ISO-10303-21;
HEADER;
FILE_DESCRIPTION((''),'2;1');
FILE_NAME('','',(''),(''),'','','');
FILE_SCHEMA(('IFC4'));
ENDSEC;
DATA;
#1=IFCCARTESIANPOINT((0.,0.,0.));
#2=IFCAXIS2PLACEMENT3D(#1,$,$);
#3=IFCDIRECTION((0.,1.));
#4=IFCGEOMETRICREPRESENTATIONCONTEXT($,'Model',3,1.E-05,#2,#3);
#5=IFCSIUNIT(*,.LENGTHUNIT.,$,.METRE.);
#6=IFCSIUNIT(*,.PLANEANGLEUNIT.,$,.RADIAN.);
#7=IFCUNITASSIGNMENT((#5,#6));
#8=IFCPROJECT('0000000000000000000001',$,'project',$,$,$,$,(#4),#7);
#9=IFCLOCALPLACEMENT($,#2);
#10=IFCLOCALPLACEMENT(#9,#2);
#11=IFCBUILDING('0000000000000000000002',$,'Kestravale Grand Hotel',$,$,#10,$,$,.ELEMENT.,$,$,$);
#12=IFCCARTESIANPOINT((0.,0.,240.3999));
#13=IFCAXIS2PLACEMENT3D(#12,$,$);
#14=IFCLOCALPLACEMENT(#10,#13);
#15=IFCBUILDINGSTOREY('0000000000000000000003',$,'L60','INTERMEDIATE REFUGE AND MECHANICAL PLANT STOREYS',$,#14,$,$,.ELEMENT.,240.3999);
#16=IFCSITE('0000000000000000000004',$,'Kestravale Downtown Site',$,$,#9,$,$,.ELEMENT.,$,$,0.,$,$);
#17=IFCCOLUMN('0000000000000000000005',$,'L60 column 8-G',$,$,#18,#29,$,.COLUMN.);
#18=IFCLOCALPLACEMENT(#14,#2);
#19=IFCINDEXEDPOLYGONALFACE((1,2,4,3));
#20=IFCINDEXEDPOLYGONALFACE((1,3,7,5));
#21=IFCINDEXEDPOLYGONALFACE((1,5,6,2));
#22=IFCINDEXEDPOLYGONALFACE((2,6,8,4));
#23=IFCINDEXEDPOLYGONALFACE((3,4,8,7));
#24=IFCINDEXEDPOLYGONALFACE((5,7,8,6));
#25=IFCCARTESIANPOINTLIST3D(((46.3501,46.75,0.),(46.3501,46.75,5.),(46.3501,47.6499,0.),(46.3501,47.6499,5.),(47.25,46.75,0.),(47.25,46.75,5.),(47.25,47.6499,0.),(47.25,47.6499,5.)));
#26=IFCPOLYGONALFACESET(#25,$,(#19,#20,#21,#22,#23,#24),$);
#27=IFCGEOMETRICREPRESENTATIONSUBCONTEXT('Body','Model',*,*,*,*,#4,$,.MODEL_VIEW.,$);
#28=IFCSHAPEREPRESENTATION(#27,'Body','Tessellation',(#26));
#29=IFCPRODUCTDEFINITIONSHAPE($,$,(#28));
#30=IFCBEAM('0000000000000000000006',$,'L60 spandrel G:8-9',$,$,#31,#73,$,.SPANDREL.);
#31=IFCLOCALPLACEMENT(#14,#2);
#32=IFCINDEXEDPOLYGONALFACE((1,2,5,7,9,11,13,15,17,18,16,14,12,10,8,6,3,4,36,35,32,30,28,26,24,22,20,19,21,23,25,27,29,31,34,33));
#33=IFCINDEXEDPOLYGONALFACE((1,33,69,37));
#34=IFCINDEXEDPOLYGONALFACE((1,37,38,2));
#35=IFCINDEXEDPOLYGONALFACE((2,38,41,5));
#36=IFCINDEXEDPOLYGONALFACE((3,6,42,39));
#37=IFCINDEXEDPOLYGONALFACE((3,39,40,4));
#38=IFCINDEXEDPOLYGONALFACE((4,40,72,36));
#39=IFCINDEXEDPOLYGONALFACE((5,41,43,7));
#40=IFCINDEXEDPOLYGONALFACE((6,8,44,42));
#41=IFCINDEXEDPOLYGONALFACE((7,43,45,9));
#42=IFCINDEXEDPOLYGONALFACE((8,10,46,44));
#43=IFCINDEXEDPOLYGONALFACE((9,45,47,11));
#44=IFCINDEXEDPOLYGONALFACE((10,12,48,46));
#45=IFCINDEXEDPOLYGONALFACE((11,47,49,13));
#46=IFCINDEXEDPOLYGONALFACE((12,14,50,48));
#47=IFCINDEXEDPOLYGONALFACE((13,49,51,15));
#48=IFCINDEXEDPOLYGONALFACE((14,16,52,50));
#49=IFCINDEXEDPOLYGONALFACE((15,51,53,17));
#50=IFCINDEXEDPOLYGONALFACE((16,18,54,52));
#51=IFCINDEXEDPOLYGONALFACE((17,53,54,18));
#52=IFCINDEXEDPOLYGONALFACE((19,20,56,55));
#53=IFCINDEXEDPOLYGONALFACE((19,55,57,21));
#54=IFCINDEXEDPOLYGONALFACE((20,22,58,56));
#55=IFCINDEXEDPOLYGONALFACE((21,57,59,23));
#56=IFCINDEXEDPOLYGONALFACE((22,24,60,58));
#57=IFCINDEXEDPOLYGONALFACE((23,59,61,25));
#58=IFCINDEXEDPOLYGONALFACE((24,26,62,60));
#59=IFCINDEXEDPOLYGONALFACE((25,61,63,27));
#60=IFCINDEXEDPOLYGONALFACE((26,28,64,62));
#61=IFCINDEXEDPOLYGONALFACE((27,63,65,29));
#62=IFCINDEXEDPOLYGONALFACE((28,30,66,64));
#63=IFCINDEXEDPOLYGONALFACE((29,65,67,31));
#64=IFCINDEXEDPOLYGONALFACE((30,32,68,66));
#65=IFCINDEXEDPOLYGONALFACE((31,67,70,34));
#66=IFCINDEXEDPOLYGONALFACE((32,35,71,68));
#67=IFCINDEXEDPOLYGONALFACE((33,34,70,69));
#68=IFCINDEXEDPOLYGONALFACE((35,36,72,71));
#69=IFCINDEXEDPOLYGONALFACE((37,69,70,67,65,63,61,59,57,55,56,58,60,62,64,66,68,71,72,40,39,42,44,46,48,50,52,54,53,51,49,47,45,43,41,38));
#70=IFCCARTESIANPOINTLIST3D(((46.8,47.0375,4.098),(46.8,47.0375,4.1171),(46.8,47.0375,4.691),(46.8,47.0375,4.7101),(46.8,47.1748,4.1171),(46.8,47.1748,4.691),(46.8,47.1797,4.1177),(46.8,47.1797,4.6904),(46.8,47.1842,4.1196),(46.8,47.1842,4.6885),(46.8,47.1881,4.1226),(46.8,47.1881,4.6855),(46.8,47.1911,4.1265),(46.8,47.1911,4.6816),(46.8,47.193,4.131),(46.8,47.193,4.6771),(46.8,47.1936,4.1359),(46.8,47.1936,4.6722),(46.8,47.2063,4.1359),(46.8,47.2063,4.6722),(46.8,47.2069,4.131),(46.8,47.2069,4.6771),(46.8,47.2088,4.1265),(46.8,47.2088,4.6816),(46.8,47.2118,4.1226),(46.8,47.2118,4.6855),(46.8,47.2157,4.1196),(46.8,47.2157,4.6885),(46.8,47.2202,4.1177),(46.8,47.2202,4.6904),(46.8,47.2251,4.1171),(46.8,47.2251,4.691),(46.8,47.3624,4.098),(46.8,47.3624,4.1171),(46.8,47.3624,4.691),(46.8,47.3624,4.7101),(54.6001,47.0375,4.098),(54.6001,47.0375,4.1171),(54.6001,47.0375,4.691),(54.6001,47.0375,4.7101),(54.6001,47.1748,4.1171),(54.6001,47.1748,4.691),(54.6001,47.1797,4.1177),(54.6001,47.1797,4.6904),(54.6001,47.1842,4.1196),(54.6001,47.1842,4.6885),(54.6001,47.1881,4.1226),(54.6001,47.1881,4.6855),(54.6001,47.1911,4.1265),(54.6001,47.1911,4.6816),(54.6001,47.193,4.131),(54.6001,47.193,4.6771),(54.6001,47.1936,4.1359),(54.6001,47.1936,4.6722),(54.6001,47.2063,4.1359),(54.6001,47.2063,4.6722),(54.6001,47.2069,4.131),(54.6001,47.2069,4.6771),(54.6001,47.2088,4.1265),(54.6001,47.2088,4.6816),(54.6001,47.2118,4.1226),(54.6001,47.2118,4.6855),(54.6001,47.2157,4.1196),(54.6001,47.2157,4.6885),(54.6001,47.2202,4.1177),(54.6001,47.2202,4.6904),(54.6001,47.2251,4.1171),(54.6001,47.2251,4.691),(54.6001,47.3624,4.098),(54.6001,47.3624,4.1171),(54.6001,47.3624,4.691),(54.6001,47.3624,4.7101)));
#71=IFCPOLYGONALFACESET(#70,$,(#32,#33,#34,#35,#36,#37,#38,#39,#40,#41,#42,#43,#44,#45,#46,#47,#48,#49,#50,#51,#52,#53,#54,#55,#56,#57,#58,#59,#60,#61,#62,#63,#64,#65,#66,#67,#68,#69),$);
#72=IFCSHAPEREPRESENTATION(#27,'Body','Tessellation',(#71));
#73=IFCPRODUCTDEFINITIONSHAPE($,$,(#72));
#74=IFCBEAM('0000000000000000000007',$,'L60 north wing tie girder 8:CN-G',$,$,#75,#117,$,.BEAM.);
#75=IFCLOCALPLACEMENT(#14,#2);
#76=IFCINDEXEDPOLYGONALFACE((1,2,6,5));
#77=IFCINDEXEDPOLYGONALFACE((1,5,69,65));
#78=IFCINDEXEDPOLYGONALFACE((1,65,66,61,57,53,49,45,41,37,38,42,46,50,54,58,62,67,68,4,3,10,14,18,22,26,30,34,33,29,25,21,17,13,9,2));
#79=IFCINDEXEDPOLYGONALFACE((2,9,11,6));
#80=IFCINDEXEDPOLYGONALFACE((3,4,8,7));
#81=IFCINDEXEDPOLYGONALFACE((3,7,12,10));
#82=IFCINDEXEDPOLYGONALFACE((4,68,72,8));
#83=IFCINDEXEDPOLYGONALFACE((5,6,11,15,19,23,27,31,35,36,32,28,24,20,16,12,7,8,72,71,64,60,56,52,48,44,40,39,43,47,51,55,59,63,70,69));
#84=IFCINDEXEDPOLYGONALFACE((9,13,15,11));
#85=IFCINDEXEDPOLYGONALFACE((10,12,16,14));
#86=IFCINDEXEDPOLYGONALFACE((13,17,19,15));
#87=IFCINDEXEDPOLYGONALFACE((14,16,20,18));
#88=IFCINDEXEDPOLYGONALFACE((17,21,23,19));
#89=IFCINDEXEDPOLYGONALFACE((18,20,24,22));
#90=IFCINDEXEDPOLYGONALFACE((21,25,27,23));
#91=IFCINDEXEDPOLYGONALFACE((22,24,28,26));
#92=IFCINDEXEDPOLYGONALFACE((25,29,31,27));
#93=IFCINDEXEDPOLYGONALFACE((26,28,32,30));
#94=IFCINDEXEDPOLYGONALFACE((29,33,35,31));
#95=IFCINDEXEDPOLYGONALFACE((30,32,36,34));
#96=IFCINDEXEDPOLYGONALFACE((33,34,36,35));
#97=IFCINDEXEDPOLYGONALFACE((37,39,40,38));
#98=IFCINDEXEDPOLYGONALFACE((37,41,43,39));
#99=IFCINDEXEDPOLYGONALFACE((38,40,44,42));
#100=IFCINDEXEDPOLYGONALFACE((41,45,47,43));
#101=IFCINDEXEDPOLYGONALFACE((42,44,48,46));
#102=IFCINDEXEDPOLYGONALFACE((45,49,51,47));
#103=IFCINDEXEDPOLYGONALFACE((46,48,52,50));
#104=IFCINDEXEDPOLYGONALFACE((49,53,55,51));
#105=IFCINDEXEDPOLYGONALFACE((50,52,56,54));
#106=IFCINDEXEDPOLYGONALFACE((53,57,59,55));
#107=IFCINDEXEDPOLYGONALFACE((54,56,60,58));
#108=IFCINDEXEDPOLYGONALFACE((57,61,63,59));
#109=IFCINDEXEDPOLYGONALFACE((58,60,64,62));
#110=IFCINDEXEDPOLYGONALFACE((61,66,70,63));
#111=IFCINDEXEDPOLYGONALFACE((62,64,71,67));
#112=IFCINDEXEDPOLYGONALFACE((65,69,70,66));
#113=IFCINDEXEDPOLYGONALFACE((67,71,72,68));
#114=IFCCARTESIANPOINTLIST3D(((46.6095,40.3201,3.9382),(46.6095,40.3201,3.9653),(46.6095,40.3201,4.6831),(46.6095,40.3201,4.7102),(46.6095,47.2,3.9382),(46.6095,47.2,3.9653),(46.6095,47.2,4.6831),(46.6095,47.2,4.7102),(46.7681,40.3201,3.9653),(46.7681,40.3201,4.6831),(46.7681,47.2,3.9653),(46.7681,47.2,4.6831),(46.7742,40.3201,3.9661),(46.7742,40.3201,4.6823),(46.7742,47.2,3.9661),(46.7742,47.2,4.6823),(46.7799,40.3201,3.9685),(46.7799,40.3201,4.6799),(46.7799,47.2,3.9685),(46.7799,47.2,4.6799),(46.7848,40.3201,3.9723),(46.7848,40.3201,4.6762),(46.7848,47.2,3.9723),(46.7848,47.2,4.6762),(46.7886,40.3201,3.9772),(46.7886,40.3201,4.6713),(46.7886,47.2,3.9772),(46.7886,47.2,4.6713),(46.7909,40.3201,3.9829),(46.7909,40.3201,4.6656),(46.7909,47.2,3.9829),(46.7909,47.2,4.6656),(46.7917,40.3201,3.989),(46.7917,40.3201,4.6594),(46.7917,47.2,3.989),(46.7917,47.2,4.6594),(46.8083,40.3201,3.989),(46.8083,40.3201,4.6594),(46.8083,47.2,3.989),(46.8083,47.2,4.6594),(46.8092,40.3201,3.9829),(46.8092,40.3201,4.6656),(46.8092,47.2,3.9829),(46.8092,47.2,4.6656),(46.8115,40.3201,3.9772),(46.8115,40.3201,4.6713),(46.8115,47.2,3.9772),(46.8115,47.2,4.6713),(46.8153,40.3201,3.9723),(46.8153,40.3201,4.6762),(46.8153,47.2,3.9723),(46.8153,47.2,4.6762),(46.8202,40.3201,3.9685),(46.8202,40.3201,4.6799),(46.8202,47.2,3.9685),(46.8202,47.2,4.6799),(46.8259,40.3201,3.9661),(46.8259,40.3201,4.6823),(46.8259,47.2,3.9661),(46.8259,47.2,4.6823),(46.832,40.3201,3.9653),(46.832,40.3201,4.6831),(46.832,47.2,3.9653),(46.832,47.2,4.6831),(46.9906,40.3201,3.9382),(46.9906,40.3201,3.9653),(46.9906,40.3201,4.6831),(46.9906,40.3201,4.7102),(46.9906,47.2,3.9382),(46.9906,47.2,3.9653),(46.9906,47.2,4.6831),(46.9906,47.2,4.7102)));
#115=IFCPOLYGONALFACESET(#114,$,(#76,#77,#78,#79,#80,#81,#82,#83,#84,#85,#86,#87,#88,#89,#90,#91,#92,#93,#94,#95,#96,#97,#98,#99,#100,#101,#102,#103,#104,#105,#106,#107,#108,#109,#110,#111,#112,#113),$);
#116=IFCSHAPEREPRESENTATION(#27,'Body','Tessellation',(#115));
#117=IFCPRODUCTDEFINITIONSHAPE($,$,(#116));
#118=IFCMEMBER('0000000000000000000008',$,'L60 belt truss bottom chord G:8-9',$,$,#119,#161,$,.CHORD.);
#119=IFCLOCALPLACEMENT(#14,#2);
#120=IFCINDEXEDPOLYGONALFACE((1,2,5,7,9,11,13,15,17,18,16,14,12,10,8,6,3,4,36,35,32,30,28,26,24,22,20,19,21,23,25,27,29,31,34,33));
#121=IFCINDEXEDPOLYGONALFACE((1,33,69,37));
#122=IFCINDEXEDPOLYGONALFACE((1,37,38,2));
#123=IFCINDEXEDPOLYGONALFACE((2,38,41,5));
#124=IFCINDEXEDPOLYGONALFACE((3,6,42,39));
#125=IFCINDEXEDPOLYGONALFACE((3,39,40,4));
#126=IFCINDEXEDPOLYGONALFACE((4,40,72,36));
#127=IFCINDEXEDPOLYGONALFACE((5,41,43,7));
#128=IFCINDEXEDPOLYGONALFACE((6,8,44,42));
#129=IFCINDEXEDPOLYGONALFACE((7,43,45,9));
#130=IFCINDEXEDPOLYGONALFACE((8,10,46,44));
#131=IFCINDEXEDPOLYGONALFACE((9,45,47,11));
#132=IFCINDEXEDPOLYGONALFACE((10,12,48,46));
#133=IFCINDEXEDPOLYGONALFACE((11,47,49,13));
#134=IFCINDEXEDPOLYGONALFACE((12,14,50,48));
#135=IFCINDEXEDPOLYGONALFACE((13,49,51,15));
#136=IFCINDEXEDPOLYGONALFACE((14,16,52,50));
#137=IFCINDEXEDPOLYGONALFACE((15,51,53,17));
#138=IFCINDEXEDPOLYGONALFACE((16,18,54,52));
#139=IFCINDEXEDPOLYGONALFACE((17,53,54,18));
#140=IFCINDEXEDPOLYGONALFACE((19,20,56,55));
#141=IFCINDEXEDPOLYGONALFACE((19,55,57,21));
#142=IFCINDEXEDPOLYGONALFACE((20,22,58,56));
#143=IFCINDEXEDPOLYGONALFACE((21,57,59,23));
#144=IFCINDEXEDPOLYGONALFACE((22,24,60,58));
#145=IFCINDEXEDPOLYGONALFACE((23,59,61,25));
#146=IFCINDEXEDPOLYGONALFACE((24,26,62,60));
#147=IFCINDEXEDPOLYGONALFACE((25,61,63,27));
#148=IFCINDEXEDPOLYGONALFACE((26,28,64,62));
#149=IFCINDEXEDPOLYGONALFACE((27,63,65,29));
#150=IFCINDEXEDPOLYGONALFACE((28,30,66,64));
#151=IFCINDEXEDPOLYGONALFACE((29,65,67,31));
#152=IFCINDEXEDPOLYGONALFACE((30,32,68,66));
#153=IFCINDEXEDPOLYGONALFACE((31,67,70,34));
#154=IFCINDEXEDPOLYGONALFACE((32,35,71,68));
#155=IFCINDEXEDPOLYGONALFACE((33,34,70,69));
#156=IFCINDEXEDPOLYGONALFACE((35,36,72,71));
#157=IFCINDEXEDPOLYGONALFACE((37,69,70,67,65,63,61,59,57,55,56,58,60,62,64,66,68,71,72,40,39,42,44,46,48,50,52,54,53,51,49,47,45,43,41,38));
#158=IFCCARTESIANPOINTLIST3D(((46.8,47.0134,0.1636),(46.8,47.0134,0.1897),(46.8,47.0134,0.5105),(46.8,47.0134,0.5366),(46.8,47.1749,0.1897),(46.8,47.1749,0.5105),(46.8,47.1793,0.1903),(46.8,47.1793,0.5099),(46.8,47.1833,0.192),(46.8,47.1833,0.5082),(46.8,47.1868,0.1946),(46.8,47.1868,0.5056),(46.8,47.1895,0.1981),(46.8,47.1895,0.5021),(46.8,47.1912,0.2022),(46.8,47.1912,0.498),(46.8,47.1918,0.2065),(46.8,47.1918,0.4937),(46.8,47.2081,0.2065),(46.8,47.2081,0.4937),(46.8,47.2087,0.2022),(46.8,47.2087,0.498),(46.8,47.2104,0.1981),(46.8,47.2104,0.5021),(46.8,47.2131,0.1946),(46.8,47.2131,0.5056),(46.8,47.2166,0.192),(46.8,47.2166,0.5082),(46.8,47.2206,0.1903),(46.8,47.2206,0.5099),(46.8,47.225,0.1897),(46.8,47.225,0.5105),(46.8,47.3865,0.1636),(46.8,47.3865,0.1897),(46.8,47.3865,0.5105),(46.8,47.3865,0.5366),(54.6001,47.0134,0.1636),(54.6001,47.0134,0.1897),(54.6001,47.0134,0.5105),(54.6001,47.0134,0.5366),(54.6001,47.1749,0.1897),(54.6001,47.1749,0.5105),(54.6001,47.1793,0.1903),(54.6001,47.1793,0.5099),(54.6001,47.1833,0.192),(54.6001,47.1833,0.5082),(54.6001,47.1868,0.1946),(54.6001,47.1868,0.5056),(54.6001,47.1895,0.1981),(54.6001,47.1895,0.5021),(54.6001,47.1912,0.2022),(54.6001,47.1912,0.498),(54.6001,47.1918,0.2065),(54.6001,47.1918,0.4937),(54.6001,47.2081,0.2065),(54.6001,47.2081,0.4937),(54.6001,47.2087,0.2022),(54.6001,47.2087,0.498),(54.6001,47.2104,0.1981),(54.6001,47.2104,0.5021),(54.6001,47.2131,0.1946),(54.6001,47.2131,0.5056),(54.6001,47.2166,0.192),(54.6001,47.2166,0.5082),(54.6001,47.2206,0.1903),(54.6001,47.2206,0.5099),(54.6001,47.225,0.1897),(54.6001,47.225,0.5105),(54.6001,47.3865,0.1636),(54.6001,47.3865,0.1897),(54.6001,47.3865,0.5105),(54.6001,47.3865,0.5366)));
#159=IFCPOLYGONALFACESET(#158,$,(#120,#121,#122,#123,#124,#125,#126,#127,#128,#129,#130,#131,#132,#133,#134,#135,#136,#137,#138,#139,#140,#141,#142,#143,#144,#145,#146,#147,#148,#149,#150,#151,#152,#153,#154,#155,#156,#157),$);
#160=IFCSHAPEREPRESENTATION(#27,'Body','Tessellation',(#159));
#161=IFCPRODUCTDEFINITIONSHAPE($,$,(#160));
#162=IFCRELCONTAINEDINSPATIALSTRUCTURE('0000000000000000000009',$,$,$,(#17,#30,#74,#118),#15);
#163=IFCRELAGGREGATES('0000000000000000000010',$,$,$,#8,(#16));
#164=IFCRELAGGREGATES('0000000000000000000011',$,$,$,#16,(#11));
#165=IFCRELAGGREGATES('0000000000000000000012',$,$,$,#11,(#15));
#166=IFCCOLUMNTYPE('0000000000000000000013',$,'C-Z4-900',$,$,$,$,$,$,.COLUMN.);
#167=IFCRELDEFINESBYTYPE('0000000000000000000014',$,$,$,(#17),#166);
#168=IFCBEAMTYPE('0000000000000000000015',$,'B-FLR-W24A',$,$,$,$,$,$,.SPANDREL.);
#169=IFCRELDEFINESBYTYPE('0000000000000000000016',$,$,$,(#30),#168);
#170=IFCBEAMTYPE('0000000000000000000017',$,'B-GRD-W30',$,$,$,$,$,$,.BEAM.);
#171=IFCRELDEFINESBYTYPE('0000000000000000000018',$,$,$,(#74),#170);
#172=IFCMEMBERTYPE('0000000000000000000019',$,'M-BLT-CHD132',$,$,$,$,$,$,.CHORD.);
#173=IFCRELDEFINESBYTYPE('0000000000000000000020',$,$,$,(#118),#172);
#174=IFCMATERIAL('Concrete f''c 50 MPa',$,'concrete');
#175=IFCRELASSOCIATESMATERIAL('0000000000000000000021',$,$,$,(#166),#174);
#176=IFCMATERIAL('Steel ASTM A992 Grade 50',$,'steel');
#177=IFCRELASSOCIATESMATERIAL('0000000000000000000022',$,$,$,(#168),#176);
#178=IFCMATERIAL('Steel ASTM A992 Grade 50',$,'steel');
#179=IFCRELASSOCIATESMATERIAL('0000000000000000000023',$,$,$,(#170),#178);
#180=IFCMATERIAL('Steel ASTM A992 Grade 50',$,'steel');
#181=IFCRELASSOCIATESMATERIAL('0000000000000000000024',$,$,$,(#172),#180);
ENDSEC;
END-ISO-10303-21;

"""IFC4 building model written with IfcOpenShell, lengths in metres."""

from ifc_helpers import new_model, si_unit, direction, frame, origin, origin_2d, place, context, subcontext, project, spatial, rectangle, i_section, extrude, material, material_profile, profile_set, type_object, element, save


model = new_model("IFC4")

# Units and contexts
model_context = context("Model", 3, precision=1e-05, world=origin(), true_north=direction((0.0, 1.0)))
body_context = subcontext(model_context, "Body", "Model", "MODEL_VIEW")
ifc_project = project(units=[si_unit("LENGTHUNIT", "METRE"), si_unit("PLANEANGLEUNIT", "RADIAN")], contexts=[model_context])

# Site, building, storey
site_placement = place(None, origin())
site = spatial("IfcSite", under=ifc_project, at=site_placement, Name="Kestravale Downtown Site", CompositionType="ELEMENT", RefElevation=0.0)
building_placement = place(site_placement, origin())
building = spatial("IfcBuilding", under=site, at=building_placement, Name="Kestravale Grand Hotel", CompositionType="ELEMENT")
storey_placement = place(building_placement, frame((0.0, 0.0, 240.3999)))
storey = spatial("IfcBuildingStorey", under=building, at=storey_placement, Name="L60", Description="INTERMEDIATE REFUGE AND MECHANICAL PLANT STOREYS", CompositionType="ELEMENT", Elevation=240.3999)

# Column
ifc_material_1 = material(Name="Concrete f'c 50 MPa", Category="concrete")
ifc_material_profile_1 = material_profile(ifc_material_1, rectangle(XDim=0.8999, YDim=0.8999, at=origin_2d()))
ifc_profile_set_1 = profile_set([ifc_material_profile_1], Name="Concrete f'c 50 MPa")
column_type = type_object("IfcColumnType", Name="C-Z4-900", PredefinedType="COLUMN", material=ifc_profile_set_1)
column_placement = place(storey_placement, frame((46.8, 47.2, 0.0), z_axis=(0.0, 0.0, 1.0), x_axis=(1.0, 0.0, 0.0)))
element("IfcColumn", 1, at=column_placement, inside=storey, type_object=column_type, Name="L60 column 8-G", PredefinedType="COLUMN", context=body_context, shape_type="SweptSolid", body=[
    extrude(rectangle(XDim=0.8999, YDim=0.8999, at=origin_2d()), origin(), (0.0, 0.0, 1.0), 5.0),
])

# Beams
ifc_material_2 = material(Name="Steel ASTM A992 Grade 50", Category="steel")
ifc_material_profile_2 = material_profile(ifc_material_2, i_section(OverallWidth=0.325, OverallDepth=0.6121, WebThickness=0.0127, FlangeThickness=0.019, FilletRadius=0.0188, at=origin_2d()))
ifc_profile_set_2 = profile_set([ifc_material_profile_2], Name="Steel ASTM A992 Grade 50")
beam_type_1 = type_object("IfcBeamType", Name="B-FLR-W24A", PredefinedType="SPANDREL", material=ifc_profile_set_2)
beam_1_placement = place(storey_placement, frame((46.8, 47.2, 4.4041), z_axis=(1.0, 0.0, 0.0), x_axis=(0.0, 1.0, 0.0)))
element("IfcBeam", 2, at=beam_1_placement, inside=storey, type_object=beam_type_1, Name="L60 spandrel G:8-9", PredefinedType="SPANDREL", context=body_context, shape_type="SweptSolid", body=[
    extrude(i_section(OverallWidth=0.325, OverallDepth=0.6121, WebThickness=0.0127, FlangeThickness=0.019, FilletRadius=0.0188, at=origin_2d()), origin(), (0.0, 0.0, 1.0), 7.8),
])
ifc_material_3 = material(Name="Steel ASTM A992 Grade 50", Category="steel")
ifc_material_profile_3 = material_profile(ifc_material_3, i_section(OverallWidth=0.3811, OverallDepth=0.772, WebThickness=0.0166, FlangeThickness=0.0271, FilletRadius=0.0237, at=origin_2d()))
ifc_profile_set_3 = profile_set([ifc_material_profile_3], Name="Steel ASTM A992 Grade 50")
beam_type_2 = type_object("IfcBeamType", Name="B-GRD-W30", PredefinedType="BEAM", material=ifc_profile_set_3)
beam_2_placement = place(storey_placement, frame((46.8, 40.3201, 4.3242), z_axis=(0.0, 1.0, 0.0), x_axis=(-1.0, 0.0, 0.0)))
element("IfcBeam", 3, at=beam_2_placement, inside=storey, type_object=beam_type_2, Name="L60 north wing tie girder 8:CN-G", PredefinedType="BEAM", context=body_context, shape_type="SweptSolid", body=[
    extrude(i_section(OverallWidth=0.3811, OverallDepth=0.772, WebThickness=0.0166, FlangeThickness=0.0271, FilletRadius=0.0237, at=origin_2d()), origin(), (0.0, 0.0, 1.0), 6.8799),
])

# Member
ifc_material_4 = material(Name="Steel ASTM A992 Grade 50", Category="steel")
ifc_material_profile_4 = material_profile(ifc_material_4, i_section(OverallWidth=0.373, OverallDepth=0.373, WebThickness=0.0164, FlangeThickness=0.0261, FilletRadius=0.0168, at=origin_2d()))
ifc_profile_set_4 = profile_set([ifc_material_profile_4], Name="Steel ASTM A992 Grade 50")
member_type_1 = type_object("IfcMemberType", Name="M-BLT-CHD132", PredefinedType="CHORD", material=ifc_profile_set_4)
member_1_placement = place(storey_placement, frame((46.8, 47.2, 0.3501), z_axis=(1.0, 0.0, 0.0), x_axis=(0.0, 1.0, 0.0)))
element("IfcMember", 4, at=member_1_placement, inside=storey, type_object=member_type_1, Name="L60 belt truss bottom chord G:8-9", PredefinedType="CHORD", context=body_context, shape_type="SweptSolid", body=[
    extrude(i_section(OverallWidth=0.373, OverallDepth=0.373, WebThickness=0.0164, FlangeThickness=0.0261, FilletRadius=0.0168, at=origin_2d()), origin(), (0.0, 0.0, 1.0), 7.8),
])

save(model, "model.ifc")
